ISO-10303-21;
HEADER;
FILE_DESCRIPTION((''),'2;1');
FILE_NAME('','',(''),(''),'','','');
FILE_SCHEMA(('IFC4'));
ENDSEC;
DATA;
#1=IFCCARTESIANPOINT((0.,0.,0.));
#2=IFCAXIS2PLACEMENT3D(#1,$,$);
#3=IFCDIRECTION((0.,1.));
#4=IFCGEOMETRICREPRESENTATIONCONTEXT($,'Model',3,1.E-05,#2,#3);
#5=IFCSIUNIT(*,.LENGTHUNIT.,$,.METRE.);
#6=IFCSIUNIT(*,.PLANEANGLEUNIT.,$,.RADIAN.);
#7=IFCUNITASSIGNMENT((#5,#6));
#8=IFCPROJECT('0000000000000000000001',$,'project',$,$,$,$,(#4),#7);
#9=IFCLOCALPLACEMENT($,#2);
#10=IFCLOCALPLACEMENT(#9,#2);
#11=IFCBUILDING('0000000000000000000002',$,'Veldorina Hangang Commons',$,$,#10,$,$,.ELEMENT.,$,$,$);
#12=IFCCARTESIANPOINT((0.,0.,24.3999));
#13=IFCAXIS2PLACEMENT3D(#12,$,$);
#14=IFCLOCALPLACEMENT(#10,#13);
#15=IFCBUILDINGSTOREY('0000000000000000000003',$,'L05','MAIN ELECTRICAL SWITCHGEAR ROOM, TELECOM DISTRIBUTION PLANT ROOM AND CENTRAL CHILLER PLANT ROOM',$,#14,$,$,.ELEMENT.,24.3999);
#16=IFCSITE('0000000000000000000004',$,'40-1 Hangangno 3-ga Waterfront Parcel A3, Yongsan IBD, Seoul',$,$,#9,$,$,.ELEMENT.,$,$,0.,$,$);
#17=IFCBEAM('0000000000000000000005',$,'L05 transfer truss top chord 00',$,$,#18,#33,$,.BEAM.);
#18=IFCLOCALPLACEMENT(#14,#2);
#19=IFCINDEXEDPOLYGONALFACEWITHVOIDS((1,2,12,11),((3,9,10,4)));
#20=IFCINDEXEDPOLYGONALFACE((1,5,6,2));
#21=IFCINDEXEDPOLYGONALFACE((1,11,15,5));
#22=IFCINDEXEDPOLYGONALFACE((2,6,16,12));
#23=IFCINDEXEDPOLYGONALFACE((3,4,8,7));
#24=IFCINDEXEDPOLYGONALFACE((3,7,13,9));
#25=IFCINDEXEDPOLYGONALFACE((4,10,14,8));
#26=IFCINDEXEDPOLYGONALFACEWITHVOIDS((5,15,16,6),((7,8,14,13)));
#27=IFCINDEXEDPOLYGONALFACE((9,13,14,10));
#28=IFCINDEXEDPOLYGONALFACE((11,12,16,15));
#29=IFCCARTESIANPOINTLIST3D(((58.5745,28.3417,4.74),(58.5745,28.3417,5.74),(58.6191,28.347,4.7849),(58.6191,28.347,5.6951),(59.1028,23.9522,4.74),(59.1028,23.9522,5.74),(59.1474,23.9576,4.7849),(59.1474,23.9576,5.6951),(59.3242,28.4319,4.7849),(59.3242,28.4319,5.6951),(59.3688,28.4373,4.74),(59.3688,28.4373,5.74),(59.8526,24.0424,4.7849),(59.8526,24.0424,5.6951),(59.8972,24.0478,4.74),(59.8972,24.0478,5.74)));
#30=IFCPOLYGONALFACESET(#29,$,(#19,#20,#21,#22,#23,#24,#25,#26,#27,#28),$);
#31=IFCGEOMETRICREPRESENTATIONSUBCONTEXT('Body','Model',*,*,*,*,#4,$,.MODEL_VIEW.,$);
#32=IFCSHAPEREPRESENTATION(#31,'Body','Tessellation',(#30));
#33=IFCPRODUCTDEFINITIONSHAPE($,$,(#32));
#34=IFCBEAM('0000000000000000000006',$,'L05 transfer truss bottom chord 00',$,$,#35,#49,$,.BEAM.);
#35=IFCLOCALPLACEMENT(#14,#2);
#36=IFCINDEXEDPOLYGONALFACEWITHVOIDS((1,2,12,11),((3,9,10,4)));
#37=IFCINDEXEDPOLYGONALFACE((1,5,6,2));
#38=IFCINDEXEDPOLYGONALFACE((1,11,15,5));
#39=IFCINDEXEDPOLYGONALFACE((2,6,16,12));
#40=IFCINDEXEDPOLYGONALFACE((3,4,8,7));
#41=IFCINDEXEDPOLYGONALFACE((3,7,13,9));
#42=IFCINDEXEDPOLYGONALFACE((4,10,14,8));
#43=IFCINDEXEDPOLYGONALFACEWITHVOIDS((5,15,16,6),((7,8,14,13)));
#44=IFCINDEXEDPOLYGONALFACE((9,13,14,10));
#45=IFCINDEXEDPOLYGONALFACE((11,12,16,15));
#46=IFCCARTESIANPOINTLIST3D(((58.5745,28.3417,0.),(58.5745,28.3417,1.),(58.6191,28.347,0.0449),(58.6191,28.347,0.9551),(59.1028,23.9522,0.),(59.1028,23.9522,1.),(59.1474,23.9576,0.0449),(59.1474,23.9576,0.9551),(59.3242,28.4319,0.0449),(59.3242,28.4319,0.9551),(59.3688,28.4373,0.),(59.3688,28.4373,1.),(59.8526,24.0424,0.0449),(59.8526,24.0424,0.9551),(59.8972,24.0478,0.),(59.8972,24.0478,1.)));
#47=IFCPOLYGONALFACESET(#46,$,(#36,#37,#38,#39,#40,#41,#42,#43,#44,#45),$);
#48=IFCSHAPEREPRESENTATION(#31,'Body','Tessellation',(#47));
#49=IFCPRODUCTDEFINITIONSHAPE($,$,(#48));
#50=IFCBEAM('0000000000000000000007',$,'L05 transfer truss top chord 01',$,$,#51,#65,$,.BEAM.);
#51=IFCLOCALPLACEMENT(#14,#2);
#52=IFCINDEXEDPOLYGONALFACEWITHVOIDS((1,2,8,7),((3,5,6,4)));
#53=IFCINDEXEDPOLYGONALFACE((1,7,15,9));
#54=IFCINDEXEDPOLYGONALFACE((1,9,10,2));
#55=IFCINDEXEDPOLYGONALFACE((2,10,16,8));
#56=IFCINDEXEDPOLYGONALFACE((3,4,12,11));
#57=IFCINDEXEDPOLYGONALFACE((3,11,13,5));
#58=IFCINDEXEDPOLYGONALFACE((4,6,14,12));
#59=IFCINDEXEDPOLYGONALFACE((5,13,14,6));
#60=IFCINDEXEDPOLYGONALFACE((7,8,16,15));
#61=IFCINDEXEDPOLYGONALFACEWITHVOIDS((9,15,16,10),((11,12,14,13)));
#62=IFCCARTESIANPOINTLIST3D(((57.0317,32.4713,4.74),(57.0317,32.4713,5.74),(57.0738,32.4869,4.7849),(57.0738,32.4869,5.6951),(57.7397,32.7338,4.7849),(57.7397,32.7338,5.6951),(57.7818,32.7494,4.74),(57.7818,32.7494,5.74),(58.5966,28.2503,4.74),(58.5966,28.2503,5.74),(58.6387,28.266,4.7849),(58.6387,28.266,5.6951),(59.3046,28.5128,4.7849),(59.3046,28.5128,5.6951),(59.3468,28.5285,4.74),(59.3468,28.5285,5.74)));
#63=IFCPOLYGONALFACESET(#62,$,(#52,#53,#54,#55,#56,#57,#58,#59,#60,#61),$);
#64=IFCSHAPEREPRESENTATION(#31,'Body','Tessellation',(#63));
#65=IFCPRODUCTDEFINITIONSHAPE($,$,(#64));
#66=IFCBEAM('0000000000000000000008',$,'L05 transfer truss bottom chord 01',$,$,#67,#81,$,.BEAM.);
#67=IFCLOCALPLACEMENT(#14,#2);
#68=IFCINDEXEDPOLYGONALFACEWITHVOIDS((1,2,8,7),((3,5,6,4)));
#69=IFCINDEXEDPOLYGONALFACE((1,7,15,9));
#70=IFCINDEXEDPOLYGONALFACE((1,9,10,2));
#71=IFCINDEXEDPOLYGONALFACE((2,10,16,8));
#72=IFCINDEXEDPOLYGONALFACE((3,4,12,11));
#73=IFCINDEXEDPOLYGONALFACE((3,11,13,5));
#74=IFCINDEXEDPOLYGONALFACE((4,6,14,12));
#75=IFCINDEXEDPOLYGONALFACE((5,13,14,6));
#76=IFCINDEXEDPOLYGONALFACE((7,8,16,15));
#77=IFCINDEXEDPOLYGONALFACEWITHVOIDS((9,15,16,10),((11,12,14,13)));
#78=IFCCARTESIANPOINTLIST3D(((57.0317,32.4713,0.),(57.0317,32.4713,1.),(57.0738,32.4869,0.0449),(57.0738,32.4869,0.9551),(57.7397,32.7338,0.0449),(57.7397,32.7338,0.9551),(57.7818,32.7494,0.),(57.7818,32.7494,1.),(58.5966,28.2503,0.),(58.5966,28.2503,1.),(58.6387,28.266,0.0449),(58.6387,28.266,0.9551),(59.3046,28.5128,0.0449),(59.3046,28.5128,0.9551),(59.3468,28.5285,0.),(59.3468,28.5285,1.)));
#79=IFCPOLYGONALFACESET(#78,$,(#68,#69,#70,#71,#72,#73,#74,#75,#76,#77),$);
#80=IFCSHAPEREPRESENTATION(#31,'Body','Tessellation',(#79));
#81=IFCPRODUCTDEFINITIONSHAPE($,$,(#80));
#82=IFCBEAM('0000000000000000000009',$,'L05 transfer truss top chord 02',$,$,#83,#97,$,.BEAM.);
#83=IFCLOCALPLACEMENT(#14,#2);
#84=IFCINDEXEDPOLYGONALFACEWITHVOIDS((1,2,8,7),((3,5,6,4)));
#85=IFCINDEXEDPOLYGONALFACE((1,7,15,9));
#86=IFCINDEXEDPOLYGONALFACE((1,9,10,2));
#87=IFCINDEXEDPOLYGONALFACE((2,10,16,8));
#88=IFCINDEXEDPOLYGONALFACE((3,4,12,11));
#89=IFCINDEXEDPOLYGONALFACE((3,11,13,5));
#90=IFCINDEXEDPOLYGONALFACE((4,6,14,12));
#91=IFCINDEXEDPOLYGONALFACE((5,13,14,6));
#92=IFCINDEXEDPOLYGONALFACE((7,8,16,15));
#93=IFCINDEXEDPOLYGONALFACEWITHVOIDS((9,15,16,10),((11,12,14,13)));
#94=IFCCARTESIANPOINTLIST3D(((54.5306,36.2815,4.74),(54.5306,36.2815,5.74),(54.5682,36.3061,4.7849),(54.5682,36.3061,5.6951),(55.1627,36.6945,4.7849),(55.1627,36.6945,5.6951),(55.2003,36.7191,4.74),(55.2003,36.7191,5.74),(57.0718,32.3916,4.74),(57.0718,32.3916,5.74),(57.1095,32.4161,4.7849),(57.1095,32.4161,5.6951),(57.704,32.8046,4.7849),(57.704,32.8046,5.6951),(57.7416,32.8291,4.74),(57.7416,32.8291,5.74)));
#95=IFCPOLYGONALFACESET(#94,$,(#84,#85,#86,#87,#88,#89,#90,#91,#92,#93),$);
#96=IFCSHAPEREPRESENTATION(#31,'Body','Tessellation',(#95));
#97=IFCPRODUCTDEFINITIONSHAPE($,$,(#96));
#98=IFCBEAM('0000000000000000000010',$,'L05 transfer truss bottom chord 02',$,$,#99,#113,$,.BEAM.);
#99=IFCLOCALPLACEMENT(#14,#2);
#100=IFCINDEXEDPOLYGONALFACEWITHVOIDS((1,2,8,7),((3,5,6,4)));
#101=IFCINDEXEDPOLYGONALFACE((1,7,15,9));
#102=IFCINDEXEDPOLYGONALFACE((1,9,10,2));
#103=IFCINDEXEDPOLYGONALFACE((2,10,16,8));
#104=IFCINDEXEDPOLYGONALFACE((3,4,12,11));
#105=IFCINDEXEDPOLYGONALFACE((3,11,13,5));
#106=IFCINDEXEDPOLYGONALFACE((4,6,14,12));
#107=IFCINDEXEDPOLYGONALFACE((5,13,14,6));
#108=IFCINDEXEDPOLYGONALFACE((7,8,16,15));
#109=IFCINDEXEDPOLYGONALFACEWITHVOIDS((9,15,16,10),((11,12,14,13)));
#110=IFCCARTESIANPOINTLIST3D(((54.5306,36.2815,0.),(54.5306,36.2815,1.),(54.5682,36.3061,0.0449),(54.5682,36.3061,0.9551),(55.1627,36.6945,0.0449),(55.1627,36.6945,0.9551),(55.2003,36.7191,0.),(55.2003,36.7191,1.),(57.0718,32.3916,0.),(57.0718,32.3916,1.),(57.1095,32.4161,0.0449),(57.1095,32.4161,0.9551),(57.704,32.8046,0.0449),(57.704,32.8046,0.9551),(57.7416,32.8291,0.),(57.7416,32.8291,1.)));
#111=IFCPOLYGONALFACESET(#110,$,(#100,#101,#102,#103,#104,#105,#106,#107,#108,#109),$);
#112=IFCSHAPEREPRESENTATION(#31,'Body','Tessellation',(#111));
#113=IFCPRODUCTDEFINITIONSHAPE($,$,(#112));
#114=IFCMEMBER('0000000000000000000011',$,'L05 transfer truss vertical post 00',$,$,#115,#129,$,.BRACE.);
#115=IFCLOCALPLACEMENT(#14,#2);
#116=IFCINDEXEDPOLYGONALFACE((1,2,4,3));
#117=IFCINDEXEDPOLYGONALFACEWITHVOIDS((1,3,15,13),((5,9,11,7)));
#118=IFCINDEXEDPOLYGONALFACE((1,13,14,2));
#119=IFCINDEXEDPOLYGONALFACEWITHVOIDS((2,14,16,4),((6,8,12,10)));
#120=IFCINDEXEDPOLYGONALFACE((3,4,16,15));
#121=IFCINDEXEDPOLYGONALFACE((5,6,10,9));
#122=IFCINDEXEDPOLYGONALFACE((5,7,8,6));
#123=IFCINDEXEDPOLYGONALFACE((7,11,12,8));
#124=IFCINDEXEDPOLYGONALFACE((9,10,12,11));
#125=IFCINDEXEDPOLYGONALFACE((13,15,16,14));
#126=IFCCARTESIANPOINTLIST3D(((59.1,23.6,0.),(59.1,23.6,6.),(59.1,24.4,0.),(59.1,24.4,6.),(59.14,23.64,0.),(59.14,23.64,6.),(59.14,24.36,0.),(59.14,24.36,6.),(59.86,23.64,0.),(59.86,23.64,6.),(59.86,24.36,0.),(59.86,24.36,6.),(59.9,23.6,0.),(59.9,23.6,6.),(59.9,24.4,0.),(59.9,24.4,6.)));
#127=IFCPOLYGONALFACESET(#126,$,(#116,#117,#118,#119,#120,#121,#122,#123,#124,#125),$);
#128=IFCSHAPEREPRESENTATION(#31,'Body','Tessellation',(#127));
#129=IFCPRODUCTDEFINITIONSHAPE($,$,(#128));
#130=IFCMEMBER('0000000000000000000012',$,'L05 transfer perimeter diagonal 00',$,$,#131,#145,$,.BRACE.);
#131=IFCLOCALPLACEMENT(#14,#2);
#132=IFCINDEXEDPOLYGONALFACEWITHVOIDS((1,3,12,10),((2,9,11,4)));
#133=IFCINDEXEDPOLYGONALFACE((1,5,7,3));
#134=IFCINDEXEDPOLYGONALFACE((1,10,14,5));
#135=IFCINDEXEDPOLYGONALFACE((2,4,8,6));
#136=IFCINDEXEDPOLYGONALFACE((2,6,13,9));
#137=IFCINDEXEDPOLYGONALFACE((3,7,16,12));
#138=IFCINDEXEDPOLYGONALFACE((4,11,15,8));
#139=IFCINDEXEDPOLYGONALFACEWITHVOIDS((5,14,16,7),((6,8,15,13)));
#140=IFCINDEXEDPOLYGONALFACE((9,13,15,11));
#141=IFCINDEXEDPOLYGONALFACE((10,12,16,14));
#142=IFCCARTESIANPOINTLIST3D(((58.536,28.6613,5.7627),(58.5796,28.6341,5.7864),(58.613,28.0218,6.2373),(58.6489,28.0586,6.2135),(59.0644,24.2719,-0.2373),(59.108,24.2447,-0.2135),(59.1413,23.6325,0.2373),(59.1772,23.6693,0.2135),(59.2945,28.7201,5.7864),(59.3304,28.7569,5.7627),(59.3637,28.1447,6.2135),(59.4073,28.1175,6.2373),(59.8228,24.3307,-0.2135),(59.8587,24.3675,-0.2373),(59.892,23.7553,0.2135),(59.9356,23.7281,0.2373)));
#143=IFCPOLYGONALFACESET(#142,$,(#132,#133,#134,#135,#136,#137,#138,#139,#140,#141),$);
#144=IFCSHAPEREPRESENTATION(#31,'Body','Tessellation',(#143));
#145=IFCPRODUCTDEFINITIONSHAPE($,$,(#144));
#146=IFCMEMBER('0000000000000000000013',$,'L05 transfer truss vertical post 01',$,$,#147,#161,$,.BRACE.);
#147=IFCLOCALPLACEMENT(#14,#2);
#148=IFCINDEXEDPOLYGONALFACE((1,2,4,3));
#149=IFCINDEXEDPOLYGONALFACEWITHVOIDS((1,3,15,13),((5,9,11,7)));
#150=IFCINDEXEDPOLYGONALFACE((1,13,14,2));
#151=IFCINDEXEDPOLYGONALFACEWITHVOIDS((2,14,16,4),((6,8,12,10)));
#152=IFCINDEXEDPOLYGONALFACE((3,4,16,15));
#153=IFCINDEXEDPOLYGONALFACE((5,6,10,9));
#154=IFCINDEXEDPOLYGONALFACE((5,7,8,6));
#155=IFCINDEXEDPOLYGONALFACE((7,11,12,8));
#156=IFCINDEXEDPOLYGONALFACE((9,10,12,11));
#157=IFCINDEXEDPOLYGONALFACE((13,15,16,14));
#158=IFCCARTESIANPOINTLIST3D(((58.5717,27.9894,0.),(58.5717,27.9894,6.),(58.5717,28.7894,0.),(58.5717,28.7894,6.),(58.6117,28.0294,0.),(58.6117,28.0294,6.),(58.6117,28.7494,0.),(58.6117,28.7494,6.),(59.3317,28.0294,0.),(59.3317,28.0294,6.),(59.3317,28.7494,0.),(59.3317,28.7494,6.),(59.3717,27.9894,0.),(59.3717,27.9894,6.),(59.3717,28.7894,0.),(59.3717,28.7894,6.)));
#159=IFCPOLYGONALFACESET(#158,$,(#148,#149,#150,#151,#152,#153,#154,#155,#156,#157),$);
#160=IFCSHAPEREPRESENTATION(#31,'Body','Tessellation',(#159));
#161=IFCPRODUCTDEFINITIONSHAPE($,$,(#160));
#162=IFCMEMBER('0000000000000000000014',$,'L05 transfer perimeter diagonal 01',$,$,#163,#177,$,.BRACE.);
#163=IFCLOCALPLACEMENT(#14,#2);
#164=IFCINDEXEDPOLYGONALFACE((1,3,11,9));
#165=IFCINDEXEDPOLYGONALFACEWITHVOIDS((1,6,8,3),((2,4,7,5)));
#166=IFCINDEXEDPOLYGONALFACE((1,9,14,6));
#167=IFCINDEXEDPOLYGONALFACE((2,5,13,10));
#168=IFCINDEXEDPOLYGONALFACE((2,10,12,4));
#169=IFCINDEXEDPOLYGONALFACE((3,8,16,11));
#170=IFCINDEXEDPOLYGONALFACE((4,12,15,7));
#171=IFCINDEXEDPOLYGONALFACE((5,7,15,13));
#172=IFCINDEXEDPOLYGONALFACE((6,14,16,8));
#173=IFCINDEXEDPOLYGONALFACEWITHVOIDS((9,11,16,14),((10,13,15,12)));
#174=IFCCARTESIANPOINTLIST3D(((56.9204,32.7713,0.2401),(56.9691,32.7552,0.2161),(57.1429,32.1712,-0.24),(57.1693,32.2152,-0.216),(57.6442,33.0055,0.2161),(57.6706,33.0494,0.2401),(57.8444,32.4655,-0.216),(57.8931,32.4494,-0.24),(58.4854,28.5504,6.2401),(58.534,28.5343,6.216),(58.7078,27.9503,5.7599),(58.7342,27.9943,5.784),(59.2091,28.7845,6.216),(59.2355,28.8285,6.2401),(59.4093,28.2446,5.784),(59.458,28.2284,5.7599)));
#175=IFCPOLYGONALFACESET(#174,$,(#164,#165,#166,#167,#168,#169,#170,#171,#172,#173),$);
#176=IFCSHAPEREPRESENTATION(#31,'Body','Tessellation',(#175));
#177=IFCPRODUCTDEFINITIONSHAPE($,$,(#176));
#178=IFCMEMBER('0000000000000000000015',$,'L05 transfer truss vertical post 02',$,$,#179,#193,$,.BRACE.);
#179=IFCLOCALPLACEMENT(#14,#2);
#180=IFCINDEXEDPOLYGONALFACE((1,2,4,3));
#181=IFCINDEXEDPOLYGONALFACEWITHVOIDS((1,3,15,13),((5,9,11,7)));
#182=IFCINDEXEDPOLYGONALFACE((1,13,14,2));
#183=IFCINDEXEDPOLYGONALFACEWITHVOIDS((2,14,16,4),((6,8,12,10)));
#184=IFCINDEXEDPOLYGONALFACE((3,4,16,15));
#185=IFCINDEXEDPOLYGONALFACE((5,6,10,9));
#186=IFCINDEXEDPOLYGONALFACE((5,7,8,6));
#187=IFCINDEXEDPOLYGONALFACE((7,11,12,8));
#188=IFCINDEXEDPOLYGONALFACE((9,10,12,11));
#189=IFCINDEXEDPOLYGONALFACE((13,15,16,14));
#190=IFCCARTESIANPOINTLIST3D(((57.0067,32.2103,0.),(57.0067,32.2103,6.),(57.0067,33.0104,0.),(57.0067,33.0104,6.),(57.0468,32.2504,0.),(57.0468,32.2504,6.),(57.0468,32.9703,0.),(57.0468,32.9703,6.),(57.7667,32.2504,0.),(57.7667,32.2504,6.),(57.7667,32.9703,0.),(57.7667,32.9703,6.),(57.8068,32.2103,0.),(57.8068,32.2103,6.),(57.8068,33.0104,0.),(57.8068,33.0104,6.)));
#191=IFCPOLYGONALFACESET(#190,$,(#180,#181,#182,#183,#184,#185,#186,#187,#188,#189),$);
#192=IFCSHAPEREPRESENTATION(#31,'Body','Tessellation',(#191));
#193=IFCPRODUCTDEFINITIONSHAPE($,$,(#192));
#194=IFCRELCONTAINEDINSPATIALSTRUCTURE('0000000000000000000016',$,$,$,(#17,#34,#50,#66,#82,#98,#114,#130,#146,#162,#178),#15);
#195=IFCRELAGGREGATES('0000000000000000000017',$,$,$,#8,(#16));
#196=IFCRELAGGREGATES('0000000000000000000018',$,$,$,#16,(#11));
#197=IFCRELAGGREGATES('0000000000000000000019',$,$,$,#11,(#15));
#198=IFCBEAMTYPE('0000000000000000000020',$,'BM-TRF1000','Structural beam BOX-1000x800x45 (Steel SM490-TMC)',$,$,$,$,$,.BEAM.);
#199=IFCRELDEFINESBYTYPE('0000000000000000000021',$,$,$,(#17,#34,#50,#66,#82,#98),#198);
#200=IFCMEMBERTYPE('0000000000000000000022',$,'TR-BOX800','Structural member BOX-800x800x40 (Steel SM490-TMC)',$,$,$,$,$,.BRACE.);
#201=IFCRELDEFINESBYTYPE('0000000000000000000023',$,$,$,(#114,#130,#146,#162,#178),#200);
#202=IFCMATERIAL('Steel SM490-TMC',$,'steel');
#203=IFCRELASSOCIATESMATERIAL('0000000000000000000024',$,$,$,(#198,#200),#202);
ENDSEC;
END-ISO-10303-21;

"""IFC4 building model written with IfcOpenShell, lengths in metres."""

from ifc_helpers import new_model, si_unit, direction, frame, origin, origin_2d, place, context, subcontext, project, spatial, hollow_rectangle, extrude, material, material_profile, profile_set, type_object, element, save


model = new_model("IFC4")

# Units and contexts
model_context = context("Model", 3, precision=1e-05, world=origin(), true_north=direction((0.0, 1.0)))
body_context = subcontext(model_context, "Body", "Model", "MODEL_VIEW")
ifc_project = project(units=[si_unit("LENGTHUNIT", "METRE"), si_unit("PLANEANGLEUNIT", "RADIAN")], contexts=[model_context])

# Site, building, storey
site_placement = place(None, origin())
site = spatial("IfcSite", under=ifc_project, at=site_placement, Name="40-1 Hangangno 3-ga Waterfront Parcel A3, Yongsan IBD, Seoul", CompositionType="ELEMENT", RefElevation=0.0)
building_placement = place(site_placement, origin())
building = spatial("IfcBuilding", under=site, at=building_placement, Name="Veldorina Hangang Commons", CompositionType="ELEMENT")
storey_placement = place(building_placement, frame((0.0, 0.0, 24.3999)))
storey = spatial("IfcBuildingStorey", under=building, at=storey_placement, Name="L05", Description="MAIN ELECTRICAL SWITCHGEAR ROOM, TELECOM DISTRIBUTION PLANT ROOM AND CENTRAL CHILLER PLANT ROOM", CompositionType="ELEMENT", Elevation=24.3999)

# Beams
ifc_material_1 = material(Name="Steel SM490-TMC", Category="steel")
ifc_material_profile_1 = material_profile(ifc_material_1, hollow_rectangle(XDim=0.8, YDim=1.0, WallThickness=0.0449, at=origin_2d()), Name="BOX-1000x800x45")
ifc_profile_set_1 = profile_set([ifc_material_profile_1], Name="Steel SM490-TMC")
beam_type = type_object("IfcBeamType", Name="BM-TRF1000", Description="Structural beam BOX-1000x800x45 (Steel SM490-TMC)", PredefinedType="BEAM", material=ifc_profile_set_1)
for number, where, z_axis, x_axis, name in (
    (1, (59.5, 24.0, 5.24), (-0.1195, 0.992834, 0.0), (-0.992834, -0.1195, 0.0), "L05 transfer truss top chord 00"),
    (2, (59.5, 24.0, 0.5), (-0.1195, 0.992834, 0.0), (-0.992834, -0.1195, 0.0), "L05 transfer truss bottom chord 00"),
):
    element("IfcBeam", number, at=place(storey_placement, frame(where, z_axis=z_axis, x_axis=x_axis)), inside=storey, type_object=beam_type, Name=name, PredefinedType="BEAM", context=body_context, shape_type="SweptSolid", body=[
        extrude(hollow_rectangle(XDim=0.8, YDim=1.0, WallThickness=0.0449, at=origin_2d()), origin(), (0.0, 0.0, 1.0), 4.4211),
    ])
for number, where, z_axis, x_axis, name in (
    (3, (58.9717, 28.3894, 5.24), (-0.347632, 0.937631, 0.0), (-0.937631, -0.347632, 0.0), "L05 transfer truss top chord 01"),
    (4, (58.9717, 28.3894, 0.5), (-0.347632, 0.937631, 0.0), (-0.937631, -0.347632, 0.0), "L05 transfer truss bottom chord 01"),
):
    element("IfcBeam", number, at=place(storey_placement, frame(where, z_axis=z_axis, x_axis=x_axis)), inside=storey, type_object=beam_type, Name=name, PredefinedType="BEAM", context=body_context, shape_type="SweptSolid", body=[
        extrude(hollow_rectangle(XDim=0.8, YDim=1.0, WallThickness=0.0449, at=origin_2d()), origin(), (0.0, 0.0, 1.0), 4.5017),
    ])
for number, where, z_axis, x_axis, name in (
    (5, (57.4067, 32.6104, 5.24), (-0.546928, 0.83718, 0.0), (-0.83718, -0.546928, 0.0), "L05 transfer truss top chord 02"),
    (6, (57.4067, 32.6104, 0.5), (-0.546928, 0.83718, 0.0), (-0.83718, -0.546928, 0.0), "L05 transfer truss bottom chord 02"),
):
    element("IfcBeam", number, at=place(storey_placement, frame(where, z_axis=z_axis, x_axis=x_axis)), inside=storey, type_object=beam_type, Name=name, PredefinedType="BEAM", context=body_context, shape_type="SweptSolid", body=[
        extrude(hollow_rectangle(XDim=0.8, YDim=1.0, WallThickness=0.0449, at=origin_2d()), origin(), (0.0, 0.0, 1.0), 4.6465),
    ])

# Members
ifc_material_profile_2 = material_profile(ifc_material_1, hollow_rectangle(XDim=0.8, YDim=0.8, WallThickness=0.04, at=origin_2d()), Name="BOX-800x800x40")
ifc_profile_set_2 = profile_set([ifc_material_profile_2], Name="Steel SM490-TMC")
member_type = type_object("IfcMemberType", Name="TR-BOX800", Description="Structural member BOX-800x800x40 (Steel SM490-TMC)", PredefinedType="BRACE", material=ifc_profile_set_2)
member_1_placement = place(storey_placement, frame((59.5, 24.0, 0.0), z_axis=(0.0, 0.0, 1.0), x_axis=(1.0, 0.0, 0.0)))
element("IfcMember", 7, at=member_1_placement, inside=storey, type_object=member_type, Name="L05 transfer truss vertical post 00", PredefinedType="BRACE", context=body_context, shape_type="SweptSolid", body=[
    extrude(hollow_rectangle(XDim=0.8, YDim=0.8, WallThickness=0.04, at=origin_2d()), origin(), (0.0, 0.0, 1.0), 6.0),
])
member_2_placement = place(storey_placement, frame((59.5, 24.0, 0.0), z_axis=(-0.070888, 0.588951, 0.805054), x_axis=(-0.992834, -0.1195, 0.0)))
element("IfcMember", 8, at=member_2_placement, inside=storey, type_object=member_type, Name="L05 transfer perimeter diagonal 00", PredefinedType="BRACE", context=body_context, shape_type="SweptSolid", body=[
    extrude(hollow_rectangle(XDim=0.8, YDim=0.8, WallThickness=0.04, at=origin_2d()), origin(), (0.0, 0.0, 1.0), 7.4529),
])
member_3_placement = place(storey_placement, frame((58.9717, 28.3894, 0.0), z_axis=(0.0, 0.0, 1.0), x_axis=(1.0, 0.0, 0.0)))
element("IfcMember", 9, at=member_3_placement, inside=storey, type_object=member_type, Name="L05 transfer truss vertical post 01", PredefinedType="BRACE", context=body_context, shape_type="SweptSolid", body=[
    extrude(hollow_rectangle(XDim=0.8, YDim=0.8, WallThickness=0.04, at=origin_2d()), origin(), (0.0, 0.0, 1.0), 6.0),
])
member_4_placement = place(storey_placement, frame((58.9717, 28.3894, 6.0), z_axis=(-0.20863, 0.562716, -0.79989), x_axis=(-0.937631, -0.347632, 0.0)))
element("IfcMember", 10, at=member_4_placement, inside=storey, type_object=member_type, Name="L05 transfer perimeter diagonal 01", PredefinedType="BRACE", context=body_context, shape_type="SweptSolid", body=[
    extrude(hollow_rectangle(XDim=0.8, YDim=0.8, WallThickness=0.04, at=origin_2d()), origin(), (0.0, 0.0, 1.0), 7.501),
])
member_5_placement = place(storey_placement, frame((57.4067, 32.6104, 0.0), z_axis=(0.0, 0.0, 1.0), x_axis=(1.0, 0.0, 0.0)))
element("IfcMember", 11, at=member_5_placement, inside=storey, type_object=member_type, Name="L05 transfer truss vertical post 02", PredefinedType="BRACE", context=body_context, shape_type="SweptSolid", body=[
    extrude(hollow_rectangle(XDim=0.8, YDim=0.8, WallThickness=0.04, at=origin_2d()), origin(), (0.0, 0.0, 1.0), 6.0),
])

save(model, "model.ifc")
